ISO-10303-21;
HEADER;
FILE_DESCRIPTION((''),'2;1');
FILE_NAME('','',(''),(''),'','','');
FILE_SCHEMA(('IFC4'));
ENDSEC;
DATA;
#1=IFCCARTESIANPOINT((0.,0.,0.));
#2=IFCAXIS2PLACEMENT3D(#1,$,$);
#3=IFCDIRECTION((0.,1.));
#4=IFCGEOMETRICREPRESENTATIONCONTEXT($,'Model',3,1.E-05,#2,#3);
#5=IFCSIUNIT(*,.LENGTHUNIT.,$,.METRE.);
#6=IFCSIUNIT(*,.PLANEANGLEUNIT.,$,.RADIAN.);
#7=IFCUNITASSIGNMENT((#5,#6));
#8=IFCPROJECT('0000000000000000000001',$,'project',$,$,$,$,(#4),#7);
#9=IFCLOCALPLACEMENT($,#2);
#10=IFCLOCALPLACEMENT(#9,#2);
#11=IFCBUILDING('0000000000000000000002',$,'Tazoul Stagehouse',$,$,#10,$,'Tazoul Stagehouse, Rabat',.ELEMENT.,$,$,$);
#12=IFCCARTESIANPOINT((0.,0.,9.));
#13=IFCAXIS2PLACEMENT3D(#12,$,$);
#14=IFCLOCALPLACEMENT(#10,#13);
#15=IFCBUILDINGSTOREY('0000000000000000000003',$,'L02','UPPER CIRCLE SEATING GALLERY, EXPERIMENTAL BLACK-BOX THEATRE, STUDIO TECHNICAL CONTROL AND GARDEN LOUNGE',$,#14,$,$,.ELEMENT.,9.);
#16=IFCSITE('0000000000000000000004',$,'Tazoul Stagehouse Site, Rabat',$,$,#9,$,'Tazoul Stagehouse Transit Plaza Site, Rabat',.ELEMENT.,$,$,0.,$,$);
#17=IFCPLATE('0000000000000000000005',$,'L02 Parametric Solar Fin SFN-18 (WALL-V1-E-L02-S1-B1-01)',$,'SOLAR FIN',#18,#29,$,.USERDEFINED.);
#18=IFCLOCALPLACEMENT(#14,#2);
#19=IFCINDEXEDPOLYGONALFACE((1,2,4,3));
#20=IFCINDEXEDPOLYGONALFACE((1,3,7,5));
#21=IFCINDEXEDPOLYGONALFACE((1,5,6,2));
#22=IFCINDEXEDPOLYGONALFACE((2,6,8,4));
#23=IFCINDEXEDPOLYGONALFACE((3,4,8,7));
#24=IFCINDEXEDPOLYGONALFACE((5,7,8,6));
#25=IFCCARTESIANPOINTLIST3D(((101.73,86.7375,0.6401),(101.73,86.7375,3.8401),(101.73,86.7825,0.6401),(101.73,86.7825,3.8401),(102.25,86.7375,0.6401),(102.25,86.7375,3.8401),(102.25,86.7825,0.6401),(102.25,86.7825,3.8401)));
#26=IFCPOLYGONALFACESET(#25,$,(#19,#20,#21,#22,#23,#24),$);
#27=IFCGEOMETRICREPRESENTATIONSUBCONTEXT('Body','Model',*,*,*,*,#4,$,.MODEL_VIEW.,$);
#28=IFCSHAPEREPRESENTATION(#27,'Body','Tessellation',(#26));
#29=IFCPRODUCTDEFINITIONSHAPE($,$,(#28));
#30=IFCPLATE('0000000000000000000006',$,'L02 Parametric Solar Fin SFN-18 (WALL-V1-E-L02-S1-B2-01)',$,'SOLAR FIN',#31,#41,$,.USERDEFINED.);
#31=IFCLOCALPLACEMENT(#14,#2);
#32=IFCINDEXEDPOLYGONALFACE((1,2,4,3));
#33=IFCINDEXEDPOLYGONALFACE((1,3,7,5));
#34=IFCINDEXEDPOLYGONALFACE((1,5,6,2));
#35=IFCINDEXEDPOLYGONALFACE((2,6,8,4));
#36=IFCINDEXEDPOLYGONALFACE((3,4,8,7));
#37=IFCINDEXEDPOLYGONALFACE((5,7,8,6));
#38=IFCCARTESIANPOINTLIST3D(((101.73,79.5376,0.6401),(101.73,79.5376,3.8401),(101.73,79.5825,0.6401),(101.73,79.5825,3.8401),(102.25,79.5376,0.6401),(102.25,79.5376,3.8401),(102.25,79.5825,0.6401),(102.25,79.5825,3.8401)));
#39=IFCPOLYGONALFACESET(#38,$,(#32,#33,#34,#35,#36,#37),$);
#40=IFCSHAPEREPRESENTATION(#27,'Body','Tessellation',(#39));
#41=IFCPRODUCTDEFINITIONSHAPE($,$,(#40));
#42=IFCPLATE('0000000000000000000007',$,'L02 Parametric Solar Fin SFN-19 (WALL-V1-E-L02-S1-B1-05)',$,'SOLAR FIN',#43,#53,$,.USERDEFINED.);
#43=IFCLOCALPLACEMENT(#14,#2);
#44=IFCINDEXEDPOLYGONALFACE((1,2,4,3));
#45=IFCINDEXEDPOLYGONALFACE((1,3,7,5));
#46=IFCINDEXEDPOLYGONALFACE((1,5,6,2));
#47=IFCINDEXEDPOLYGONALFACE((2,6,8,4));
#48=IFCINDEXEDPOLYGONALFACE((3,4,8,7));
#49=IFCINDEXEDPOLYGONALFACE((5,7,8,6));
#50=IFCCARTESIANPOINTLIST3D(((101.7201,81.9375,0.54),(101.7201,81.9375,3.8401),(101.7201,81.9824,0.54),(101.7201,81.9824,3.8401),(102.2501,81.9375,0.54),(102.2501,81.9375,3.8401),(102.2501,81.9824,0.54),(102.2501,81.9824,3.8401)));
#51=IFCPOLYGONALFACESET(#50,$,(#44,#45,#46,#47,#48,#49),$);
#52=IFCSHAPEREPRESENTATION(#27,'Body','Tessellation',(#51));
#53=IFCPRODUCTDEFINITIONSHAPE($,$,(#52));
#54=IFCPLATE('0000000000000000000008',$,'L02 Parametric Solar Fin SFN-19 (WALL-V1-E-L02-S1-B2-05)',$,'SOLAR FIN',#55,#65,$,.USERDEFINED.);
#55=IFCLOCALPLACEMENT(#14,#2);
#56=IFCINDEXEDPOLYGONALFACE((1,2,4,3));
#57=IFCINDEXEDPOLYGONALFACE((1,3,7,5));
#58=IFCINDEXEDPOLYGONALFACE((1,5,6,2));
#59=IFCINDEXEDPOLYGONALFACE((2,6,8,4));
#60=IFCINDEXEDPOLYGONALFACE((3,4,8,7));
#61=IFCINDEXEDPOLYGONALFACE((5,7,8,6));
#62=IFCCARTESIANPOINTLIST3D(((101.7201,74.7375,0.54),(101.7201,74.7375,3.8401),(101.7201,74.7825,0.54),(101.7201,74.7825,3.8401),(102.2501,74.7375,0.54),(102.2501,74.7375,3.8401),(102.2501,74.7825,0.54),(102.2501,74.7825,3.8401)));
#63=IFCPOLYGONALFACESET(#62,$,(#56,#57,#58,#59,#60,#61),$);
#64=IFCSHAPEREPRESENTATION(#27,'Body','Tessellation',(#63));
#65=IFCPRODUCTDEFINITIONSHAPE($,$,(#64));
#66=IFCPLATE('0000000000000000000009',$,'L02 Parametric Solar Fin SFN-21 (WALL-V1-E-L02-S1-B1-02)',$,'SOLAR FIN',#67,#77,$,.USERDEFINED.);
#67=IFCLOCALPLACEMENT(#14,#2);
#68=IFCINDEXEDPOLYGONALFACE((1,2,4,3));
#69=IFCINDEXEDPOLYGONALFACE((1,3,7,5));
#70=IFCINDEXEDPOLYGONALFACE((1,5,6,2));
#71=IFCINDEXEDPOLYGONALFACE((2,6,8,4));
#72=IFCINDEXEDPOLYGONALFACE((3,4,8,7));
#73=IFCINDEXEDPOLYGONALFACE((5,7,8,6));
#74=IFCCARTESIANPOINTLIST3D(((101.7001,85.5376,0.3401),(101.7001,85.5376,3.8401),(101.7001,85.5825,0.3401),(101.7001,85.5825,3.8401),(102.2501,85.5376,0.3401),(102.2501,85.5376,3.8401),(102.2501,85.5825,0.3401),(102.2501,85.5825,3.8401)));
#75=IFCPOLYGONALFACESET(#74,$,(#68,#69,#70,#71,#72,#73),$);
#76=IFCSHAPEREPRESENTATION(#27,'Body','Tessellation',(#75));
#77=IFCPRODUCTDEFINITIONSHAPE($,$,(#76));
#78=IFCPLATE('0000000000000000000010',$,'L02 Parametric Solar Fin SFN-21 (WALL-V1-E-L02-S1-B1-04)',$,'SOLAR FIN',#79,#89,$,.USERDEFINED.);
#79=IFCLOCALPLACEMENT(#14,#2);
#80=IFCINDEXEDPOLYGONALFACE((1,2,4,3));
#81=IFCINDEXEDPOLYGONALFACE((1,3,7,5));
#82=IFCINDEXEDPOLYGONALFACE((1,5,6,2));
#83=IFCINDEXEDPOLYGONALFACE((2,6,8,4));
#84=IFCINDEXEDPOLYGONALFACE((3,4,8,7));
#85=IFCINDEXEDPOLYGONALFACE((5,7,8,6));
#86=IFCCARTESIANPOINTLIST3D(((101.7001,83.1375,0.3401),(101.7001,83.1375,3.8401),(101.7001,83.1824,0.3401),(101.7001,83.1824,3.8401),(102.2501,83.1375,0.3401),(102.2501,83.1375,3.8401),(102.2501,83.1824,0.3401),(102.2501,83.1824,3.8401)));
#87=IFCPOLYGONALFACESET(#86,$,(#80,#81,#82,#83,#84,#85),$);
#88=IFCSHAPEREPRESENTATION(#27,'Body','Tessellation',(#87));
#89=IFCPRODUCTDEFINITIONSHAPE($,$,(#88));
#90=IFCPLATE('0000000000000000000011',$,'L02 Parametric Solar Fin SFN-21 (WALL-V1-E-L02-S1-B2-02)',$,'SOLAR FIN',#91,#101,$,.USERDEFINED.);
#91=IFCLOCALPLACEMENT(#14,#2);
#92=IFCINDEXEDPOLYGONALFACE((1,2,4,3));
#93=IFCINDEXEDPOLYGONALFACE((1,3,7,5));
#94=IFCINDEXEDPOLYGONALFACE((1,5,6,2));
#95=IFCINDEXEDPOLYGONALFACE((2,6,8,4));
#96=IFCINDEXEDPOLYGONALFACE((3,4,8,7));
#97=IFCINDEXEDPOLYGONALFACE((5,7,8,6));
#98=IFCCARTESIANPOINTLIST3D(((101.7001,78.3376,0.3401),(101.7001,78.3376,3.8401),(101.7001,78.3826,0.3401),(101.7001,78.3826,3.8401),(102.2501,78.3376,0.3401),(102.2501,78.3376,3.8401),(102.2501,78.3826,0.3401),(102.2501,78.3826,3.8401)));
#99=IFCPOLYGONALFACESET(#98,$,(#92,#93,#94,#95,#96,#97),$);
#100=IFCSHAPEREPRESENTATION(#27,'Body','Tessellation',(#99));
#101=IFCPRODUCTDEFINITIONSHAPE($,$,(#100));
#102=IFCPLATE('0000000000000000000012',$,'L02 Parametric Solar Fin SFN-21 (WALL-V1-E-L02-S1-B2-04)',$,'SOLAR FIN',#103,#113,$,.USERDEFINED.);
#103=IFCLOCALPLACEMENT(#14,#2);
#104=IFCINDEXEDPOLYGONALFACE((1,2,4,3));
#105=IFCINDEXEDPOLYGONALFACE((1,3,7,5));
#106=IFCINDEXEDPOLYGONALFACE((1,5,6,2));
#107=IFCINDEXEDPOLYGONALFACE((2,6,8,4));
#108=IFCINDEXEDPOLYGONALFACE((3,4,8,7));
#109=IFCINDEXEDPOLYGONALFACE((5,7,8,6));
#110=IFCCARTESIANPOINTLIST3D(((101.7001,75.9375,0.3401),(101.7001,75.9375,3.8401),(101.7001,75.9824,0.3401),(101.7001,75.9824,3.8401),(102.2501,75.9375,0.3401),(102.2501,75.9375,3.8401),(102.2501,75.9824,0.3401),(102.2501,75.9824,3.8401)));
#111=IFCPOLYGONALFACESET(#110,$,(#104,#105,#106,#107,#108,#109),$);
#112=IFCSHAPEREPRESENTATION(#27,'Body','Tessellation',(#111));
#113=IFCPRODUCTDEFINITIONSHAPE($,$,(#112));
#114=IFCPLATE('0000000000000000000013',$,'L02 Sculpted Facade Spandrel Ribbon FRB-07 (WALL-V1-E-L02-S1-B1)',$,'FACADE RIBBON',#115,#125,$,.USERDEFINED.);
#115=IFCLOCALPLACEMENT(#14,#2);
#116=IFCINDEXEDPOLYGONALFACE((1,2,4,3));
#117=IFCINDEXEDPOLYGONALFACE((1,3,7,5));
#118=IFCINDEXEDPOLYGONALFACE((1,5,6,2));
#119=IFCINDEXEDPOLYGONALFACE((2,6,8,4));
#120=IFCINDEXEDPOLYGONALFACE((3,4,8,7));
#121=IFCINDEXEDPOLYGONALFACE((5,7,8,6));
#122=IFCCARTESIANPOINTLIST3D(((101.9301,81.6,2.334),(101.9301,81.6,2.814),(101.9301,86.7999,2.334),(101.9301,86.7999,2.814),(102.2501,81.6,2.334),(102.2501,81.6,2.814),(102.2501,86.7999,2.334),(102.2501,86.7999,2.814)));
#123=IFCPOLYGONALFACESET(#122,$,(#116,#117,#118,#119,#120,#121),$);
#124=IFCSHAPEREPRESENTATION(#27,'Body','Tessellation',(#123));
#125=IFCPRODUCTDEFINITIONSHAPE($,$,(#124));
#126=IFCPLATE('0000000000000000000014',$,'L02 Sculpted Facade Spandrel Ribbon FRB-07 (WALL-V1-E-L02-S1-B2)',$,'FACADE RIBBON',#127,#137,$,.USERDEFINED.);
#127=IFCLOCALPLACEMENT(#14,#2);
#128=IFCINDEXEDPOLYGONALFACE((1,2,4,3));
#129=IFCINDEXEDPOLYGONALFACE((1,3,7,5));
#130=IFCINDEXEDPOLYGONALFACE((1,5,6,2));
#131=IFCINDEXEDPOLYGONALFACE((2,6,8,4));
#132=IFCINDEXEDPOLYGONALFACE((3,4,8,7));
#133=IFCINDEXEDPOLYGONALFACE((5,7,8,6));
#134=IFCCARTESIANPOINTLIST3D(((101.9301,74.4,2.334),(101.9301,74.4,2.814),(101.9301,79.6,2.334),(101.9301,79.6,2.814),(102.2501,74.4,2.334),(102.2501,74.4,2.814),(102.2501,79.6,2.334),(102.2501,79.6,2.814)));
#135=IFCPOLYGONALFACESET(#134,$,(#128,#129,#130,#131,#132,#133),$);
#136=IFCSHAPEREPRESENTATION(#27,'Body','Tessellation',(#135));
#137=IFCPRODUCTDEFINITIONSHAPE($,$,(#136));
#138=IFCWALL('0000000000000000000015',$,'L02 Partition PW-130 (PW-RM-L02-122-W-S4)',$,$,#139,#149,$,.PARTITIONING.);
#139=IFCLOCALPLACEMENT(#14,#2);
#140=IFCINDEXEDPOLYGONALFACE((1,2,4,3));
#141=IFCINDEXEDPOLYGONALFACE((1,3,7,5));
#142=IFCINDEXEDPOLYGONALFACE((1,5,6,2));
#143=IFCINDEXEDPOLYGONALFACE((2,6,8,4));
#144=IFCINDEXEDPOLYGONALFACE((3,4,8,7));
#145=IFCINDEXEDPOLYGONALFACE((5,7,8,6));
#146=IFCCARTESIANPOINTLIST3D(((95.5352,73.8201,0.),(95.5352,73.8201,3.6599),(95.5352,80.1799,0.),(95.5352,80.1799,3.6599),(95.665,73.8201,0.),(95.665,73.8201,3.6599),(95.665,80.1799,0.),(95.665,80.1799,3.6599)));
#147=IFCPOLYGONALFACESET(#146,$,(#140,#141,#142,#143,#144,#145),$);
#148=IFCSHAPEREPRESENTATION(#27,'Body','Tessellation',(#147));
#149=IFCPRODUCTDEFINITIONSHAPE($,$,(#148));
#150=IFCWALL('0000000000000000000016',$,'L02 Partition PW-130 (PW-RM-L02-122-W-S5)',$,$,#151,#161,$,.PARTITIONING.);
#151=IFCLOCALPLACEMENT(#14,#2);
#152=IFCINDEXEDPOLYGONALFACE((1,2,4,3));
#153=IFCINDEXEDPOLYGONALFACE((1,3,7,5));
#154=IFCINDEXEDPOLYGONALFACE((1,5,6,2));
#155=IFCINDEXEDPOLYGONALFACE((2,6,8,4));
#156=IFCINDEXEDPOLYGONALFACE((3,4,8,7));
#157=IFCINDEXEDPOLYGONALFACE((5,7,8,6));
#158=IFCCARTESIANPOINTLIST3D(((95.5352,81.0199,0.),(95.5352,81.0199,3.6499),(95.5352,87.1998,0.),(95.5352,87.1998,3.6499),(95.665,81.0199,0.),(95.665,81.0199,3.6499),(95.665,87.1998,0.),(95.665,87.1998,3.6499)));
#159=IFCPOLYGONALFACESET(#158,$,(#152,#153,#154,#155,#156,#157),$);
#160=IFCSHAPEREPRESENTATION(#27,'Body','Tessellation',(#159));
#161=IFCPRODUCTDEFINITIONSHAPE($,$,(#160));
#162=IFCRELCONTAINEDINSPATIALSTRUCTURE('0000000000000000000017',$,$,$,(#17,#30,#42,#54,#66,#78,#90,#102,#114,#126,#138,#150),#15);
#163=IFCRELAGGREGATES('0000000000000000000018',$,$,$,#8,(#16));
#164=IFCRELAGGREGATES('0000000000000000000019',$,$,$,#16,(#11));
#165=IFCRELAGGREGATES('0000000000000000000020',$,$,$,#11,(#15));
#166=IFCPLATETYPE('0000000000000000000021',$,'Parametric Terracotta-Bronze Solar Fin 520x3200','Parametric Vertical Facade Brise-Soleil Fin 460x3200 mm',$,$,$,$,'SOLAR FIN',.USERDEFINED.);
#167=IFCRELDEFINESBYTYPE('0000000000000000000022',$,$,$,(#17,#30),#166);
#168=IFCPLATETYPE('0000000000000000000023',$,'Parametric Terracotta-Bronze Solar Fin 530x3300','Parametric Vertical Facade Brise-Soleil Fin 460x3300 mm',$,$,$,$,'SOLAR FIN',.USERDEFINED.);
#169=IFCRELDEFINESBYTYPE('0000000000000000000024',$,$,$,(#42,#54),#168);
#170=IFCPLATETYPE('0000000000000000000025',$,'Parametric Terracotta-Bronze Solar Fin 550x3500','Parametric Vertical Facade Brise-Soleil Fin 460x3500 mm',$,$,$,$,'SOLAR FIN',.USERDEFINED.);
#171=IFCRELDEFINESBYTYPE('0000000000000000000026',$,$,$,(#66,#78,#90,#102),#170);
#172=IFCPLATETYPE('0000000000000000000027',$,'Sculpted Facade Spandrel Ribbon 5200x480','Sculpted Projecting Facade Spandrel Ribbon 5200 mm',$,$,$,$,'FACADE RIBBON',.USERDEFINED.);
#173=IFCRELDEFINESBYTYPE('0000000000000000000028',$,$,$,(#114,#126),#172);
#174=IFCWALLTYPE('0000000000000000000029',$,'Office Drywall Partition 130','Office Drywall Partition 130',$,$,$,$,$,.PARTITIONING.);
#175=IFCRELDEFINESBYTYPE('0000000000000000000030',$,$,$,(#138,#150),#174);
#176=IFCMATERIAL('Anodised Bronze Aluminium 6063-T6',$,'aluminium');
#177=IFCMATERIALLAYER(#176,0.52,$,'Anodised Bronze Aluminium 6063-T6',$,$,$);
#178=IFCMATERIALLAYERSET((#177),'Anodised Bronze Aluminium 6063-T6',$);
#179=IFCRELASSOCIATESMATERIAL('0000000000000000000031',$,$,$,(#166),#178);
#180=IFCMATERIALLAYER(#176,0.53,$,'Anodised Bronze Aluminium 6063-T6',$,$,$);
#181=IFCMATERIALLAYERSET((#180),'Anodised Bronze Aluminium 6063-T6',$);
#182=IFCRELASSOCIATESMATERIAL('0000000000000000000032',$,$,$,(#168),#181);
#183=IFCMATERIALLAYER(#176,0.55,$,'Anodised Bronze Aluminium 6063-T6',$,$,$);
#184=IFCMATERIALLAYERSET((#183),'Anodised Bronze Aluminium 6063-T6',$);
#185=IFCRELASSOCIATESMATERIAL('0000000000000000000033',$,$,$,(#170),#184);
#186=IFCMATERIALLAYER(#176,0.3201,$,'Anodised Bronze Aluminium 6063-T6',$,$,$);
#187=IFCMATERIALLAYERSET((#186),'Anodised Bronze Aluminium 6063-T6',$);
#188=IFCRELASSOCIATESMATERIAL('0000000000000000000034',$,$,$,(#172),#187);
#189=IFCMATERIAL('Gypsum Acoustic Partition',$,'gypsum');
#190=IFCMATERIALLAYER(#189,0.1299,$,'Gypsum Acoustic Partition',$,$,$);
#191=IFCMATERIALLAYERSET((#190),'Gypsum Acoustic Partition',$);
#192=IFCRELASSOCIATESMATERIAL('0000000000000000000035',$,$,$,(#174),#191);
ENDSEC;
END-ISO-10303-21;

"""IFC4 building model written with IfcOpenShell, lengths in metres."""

from ifc_helpers import new_model, si_unit, direction, frame, frame_2d, origin, origin_2d, place, context, subcontext, project, spatial, rectangle, extrude, material, layer, layer_set, type_object, element, save


model = new_model("IFC4")

# Units and contexts
model_context = context("Model", 3, precision=1e-05, world=origin(), true_north=direction((0.0, 1.0)))
body_context = subcontext(model_context, "Body", "Model", "MODEL_VIEW")
ifc_project = project(units=[si_unit("LENGTHUNIT", "METRE"), si_unit("PLANEANGLEUNIT", "RADIAN")], contexts=[model_context])

# Site, building, storey
site_placement = place(None, origin())
site = spatial("IfcSite", under=ifc_project, at=site_placement, Name="Tazoul Stagehouse Site, Rabat", LongName="Tazoul Stagehouse Transit Plaza Site, Rabat", CompositionType="ELEMENT", RefElevation=0.0)
building_placement = place(site_placement, origin())
building = spatial("IfcBuilding", under=site, at=building_placement, Name="Tazoul Stagehouse", LongName="Tazoul Stagehouse, Rabat", CompositionType="ELEMENT")
storey_placement = place(building_placement, frame((0.0, 0.0, 9.0)))
storey = spatial("IfcBuildingStorey", under=building, at=storey_placement, Name="L02", Description="UPPER CIRCLE SEATING GALLERY, EXPERIMENTAL BLACK-BOX THEATRE, STUDIO TECHNICAL CONTROL AND GARDEN LOUNGE", CompositionType="ELEMENT", Elevation=9.0)

# Plates
ifc_material_1 = material(Name="Anodised Bronze Aluminium 6063-T6", Category="aluminium")
ifc_layer_1 = layer(ifc_material_1, 0.52, Name="Anodised Bronze Aluminium 6063-T6")
ifc_layer_set_1 = layer_set([ifc_layer_1], Name="Anodised Bronze Aluminium 6063-T6")
plate_type_1 = type_object("IfcPlateType", Name="Parametric Terracotta-Bronze Solar Fin 520x3200", Description="Parametric Vertical Facade Brise-Soleil Fin 460x3200 mm", ElementType="SOLAR FIN", PredefinedType="USERDEFINED", material=ifc_layer_set_1)
for number, where, z_axis, x_axis, name in (
    (1, (101.99, 86.76, 0.6401), (0.0, 0.0, 1.0), (0.0, -1.0, 0.0), "L02 Parametric Solar Fin SFN-18 (WALL-V1-E-L02-S1-B1-01)"),
    (2, (101.99, 79.5601, 0.6401), (0.0, 0.0, 1.0), (0.0, -1.0, 0.0), "L02 Parametric Solar Fin SFN-18 (WALL-V1-E-L02-S1-B2-01)"),
):
    element("IfcPlate", number, at=place(storey_placement, frame(where, z_axis=z_axis, x_axis=x_axis)), inside=storey, type_object=plate_type_1, Name=name, ObjectType="SOLAR FIN", PredefinedType="USERDEFINED", context=body_context, shape_type="SweptSolid", body=[
        extrude(rectangle(XDim=0.0449, YDim=0.52, at=origin_2d()), origin(), (0.0, 0.0, 1.0), 3.2),
    ])
ifc_layer_2 = layer(ifc_material_1, 0.53, Name="Anodised Bronze Aluminium 6063-T6")
ifc_layer_set_2 = layer_set([ifc_layer_2], Name="Anodised Bronze Aluminium 6063-T6")
plate_type_2 = type_object("IfcPlateType", Name="Parametric Terracotta-Bronze Solar Fin 530x3300", Description="Parametric Vertical Facade Brise-Soleil Fin 460x3300 mm", ElementType="SOLAR FIN", PredefinedType="USERDEFINED", material=ifc_layer_set_2)
for number, where, z_axis, x_axis, name in (
    (3, (101.9851, 81.96, 0.54), (0.0, 0.0, 1.0), (0.0, -1.0, 0.0), "L02 Parametric Solar Fin SFN-19 (WALL-V1-E-L02-S1-B1-05)"),
    (4, (101.9851, 74.76, 0.54), (0.0, 0.0, 1.0), (0.0, -1.0, 0.0), "L02 Parametric Solar Fin SFN-19 (WALL-V1-E-L02-S1-B2-05)"),
):
    element("IfcPlate", number, at=place(storey_placement, frame(where, z_axis=z_axis, x_axis=x_axis)), inside=storey, type_object=plate_type_2, Name=name, ObjectType="SOLAR FIN", PredefinedType="USERDEFINED", context=body_context, shape_type="SweptSolid", body=[
        extrude(rectangle(XDim=0.0449, YDim=0.53, at=origin_2d()), origin(), (0.0, 0.0, 1.0), 3.3),
    ])
ifc_layer_3 = layer(ifc_material_1, 0.55, Name="Anodised Bronze Aluminium 6063-T6")
ifc_layer_set_3 = layer_set([ifc_layer_3], Name="Anodised Bronze Aluminium 6063-T6")
plate_type_3 = type_object("IfcPlateType", Name="Parametric Terracotta-Bronze Solar Fin 550x3500", Description="Parametric Vertical Facade Brise-Soleil Fin 460x3500 mm", ElementType="SOLAR FIN", PredefinedType="USERDEFINED", material=ifc_layer_set_3)
for number, where, z_axis, x_axis, name in (
    (5, (101.9751, 85.5601, 0.3401), (0.0, 0.0, 1.0), (0.0, -1.0, 0.0), "L02 Parametric Solar Fin SFN-21 (WALL-V1-E-L02-S1-B1-02)"),
    (6, (101.9751, 83.1599, 0.3401), (0.0, 0.0, 1.0), (0.0, -1.0, 0.0), "L02 Parametric Solar Fin SFN-21 (WALL-V1-E-L02-S1-B1-04)"),
    (7, (101.9751, 78.3601, 0.3401), (0.0, 0.0, 1.0), (0.0, -1.0, 0.0), "L02 Parametric Solar Fin SFN-21 (WALL-V1-E-L02-S1-B2-02)"),
    (8, (101.9751, 75.96, 0.3401), (0.0, 0.0, 1.0), (0.0, -1.0, 0.0), "L02 Parametric Solar Fin SFN-21 (WALL-V1-E-L02-S1-B2-04)"),
):
    element("IfcPlate", number, at=place(storey_placement, frame(where, z_axis=z_axis, x_axis=x_axis)), inside=storey, type_object=plate_type_3, Name=name, ObjectType="SOLAR FIN", PredefinedType="USERDEFINED", context=body_context, shape_type="SweptSolid", body=[
        extrude(rectangle(XDim=0.0449, YDim=0.55, at=origin_2d()), origin(), (0.0, 0.0, 1.0), 3.5),
    ])
ifc_layer_4 = layer(ifc_material_1, 0.3201, Name="Anodised Bronze Aluminium 6063-T6")
ifc_layer_set_4 = layer_set([ifc_layer_4], Name="Anodised Bronze Aluminium 6063-T6")
plate_type_4 = type_object("IfcPlateType", Name="Sculpted Facade Spandrel Ribbon 5200x480", Description="Sculpted Projecting Facade Spandrel Ribbon 5200 mm", ElementType="FACADE RIBBON", PredefinedType="USERDEFINED", material=ifc_layer_set_4)
for number, where, z_axis, x_axis, name in (
    (9, (102.0901, 84.2, 2.334), (0.0, 0.0, 1.0), (0.0, -1.0, 0.0), "L02 Sculpted Facade Spandrel Ribbon FRB-07 (WALL-V1-E-L02-S1-B1)"),
    (10, (102.0901, 77.0, 2.334), (0.0, 0.0, 1.0), (0.0, -1.0, 0.0), "L02 Sculpted Facade Spandrel Ribbon FRB-07 (WALL-V1-E-L02-S1-B2)"),
):
    element("IfcPlate", number, at=place(storey_placement, frame(where, z_axis=z_axis, x_axis=x_axis)), inside=storey, type_object=plate_type_4, Name=name, ObjectType="FACADE RIBBON", PredefinedType="USERDEFINED", context=body_context, shape_type="SweptSolid", body=[
        extrude(rectangle(XDim=5.2, YDim=0.3201, at=origin_2d()), origin(), (0.0, 0.0, 1.0), 0.48),
    ])

# Walls
ifc_material_2 = material(Name="Gypsum Acoustic Partition", Category="gypsum")
ifc_layer_5 = layer(ifc_material_2, 0.1299, Name="Gypsum Acoustic Partition")
ifc_layer_set_5 = layer_set([ifc_layer_5], Name="Gypsum Acoustic Partition")
wall_type = type_object("IfcWallType", Name="Office Drywall Partition 130", Description="Office Drywall Partition 130", PredefinedType="PARTITIONING", material=ifc_layer_set_5)
wall_1_placement = place(storey_placement, frame((95.6001, 73.8201, 0.0), z_axis=(0.0, 0.0, 1.0), x_axis=(0.0, 1.0, 0.0)))
element("IfcWall", 11, at=wall_1_placement, inside=storey, type_object=wall_type, Name="L02 Partition PW-130 (PW-RM-L02-122-W-S4)", PredefinedType="PARTITIONING", context=body_context, shape_type="SweptSolid", body=[
    extrude(rectangle(XDim=6.3599, YDim=0.1299, at=frame_2d((3.1799, 0.0))), origin(), (0.0, 0.0, 1.0), 3.6599),
])
wall_2_placement = place(storey_placement, frame((95.6001, 81.02, 0.0), z_axis=(0.0, 0.0, 1.0), x_axis=(0.0, 1.0, 0.0)))
element("IfcWall", 12, at=wall_2_placement, inside=storey, type_object=wall_type, Name="L02 Partition PW-130 (PW-RM-L02-122-W-S5)", PredefinedType="PARTITIONING", context=body_context, shape_type="SweptSolid", body=[
    extrude(rectangle(XDim=6.1799, YDim=0.1299, at=frame_2d((3.0898, 0.0))), origin(), (0.0, 0.0, 1.0), 3.6499),
])

save(model, "model.ifc")
